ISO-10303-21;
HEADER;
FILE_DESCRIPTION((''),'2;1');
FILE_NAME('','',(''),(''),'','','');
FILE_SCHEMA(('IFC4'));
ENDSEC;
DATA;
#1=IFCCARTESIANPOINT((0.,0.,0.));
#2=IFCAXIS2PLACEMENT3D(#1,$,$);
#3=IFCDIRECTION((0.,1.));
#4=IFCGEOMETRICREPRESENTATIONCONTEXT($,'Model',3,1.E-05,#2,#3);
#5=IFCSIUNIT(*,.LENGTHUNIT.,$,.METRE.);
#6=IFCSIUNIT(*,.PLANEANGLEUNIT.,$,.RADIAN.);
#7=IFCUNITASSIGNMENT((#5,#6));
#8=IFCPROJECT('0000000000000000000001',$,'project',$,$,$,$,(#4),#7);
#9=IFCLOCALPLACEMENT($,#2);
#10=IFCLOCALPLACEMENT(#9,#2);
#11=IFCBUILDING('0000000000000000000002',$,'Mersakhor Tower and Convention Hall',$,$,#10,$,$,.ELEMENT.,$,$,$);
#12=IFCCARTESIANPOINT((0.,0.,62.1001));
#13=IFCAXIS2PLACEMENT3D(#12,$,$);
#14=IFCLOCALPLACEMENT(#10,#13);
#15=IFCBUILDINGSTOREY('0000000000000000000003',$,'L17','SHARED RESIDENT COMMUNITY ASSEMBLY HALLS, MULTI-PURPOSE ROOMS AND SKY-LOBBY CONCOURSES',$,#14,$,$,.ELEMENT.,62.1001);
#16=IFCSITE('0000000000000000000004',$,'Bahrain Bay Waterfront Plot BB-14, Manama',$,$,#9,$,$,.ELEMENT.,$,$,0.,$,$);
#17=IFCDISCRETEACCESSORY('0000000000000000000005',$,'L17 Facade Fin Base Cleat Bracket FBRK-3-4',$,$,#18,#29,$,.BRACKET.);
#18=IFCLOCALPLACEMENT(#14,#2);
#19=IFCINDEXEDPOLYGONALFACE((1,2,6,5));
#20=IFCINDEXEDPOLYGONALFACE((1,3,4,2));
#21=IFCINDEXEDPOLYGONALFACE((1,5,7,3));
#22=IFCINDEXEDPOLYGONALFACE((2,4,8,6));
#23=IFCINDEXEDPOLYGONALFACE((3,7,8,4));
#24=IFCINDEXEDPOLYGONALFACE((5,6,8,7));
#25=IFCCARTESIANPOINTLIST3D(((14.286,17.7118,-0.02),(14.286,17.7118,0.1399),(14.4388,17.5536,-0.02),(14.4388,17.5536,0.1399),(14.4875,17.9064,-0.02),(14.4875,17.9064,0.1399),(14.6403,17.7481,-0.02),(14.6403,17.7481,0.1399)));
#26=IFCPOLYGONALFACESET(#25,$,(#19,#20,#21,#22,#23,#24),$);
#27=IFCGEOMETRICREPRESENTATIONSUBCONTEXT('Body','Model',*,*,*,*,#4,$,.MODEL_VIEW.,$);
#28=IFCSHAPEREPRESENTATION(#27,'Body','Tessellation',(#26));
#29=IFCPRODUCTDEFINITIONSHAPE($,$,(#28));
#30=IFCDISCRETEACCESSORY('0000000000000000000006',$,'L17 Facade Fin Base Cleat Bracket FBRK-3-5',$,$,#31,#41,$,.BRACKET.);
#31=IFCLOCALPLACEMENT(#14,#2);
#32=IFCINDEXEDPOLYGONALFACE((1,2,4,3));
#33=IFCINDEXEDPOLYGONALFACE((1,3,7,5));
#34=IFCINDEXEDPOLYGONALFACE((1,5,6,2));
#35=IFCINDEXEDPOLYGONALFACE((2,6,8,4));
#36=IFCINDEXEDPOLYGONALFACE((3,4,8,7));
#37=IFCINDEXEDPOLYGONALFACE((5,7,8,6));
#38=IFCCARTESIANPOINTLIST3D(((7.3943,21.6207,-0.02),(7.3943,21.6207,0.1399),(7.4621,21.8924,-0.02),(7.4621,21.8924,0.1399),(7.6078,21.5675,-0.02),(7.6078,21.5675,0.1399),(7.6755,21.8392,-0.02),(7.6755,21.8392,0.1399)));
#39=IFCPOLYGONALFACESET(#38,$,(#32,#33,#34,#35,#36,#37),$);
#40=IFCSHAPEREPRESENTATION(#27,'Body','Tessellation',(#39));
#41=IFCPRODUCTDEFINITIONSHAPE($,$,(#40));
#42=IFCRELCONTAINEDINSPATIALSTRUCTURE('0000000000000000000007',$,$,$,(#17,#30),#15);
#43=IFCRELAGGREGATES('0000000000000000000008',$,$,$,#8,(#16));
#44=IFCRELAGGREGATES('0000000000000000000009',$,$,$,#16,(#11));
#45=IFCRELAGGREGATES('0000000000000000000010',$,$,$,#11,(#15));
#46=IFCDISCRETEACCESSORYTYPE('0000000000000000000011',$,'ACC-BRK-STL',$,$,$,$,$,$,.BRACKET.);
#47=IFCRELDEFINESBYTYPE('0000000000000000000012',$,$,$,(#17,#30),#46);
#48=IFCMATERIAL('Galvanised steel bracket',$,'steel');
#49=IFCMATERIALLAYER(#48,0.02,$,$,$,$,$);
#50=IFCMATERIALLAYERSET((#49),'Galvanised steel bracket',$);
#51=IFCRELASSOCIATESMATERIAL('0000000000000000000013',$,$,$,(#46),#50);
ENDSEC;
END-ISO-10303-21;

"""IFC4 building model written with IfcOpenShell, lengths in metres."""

from ifc_helpers import new_model, si_unit, direction, frame, origin, origin_2d, place, context, subcontext, project, spatial, rectangle, extrude, material, layer, layer_set, type_object, element, save


model = new_model("IFC4")

# Units and contexts
model_context = context("Model", 3, precision=1e-05, world=origin(), true_north=direction((0.0, 1.0)))
body_context = subcontext(model_context, "Body", "Model", "MODEL_VIEW")
ifc_project = project(units=[si_unit("LENGTHUNIT", "METRE"), si_unit("PLANEANGLEUNIT", "RADIAN")], contexts=[model_context])

# Site, building, storey
site_placement = place(None, origin())
site = spatial("IfcSite", under=ifc_project, at=site_placement, Name="Bahrain Bay Waterfront Plot BB-14, Manama", CompositionType="ELEMENT", RefElevation=0.0)
building_placement = place(site_placement, origin())
building = spatial("IfcBuilding", under=site, at=building_placement, Name="Mersakhor Tower and Convention Hall", CompositionType="ELEMENT")
storey_placement = place(building_placement, frame((0.0, 0.0, 62.1001)))
storey = spatial("IfcBuildingStorey", under=building, at=storey_placement, Name="L17", Description="SHARED RESIDENT COMMUNITY ASSEMBLY HALLS, MULTI-PURPOSE ROOMS AND SKY-LOBBY CONCOURSES", CompositionType="ELEMENT", Elevation=62.1001)

# Discrete accessories
ifc_material_1 = material(Name="Galvanised steel bracket", Category="steel")
ifc_layer_1 = layer(ifc_material_1, 0.02)
ifc_layer_set_1 = layer_set([ifc_layer_1], Name="Galvanised steel bracket")
discrete_accessory_type = type_object("IfcDiscreteAccessoryType", Name="ACC-BRK-STL", PredefinedType="BRACKET", material=ifc_layer_set_1)
for number, where, z_axis, x_axis, name in (
    (1, (14.4631, 17.73, -0.02), (0.0, 0.0, 1.0), (-0.71934, -0.694658, 0.0), "L17 Facade Fin Base Cleat Bracket FBRK-3-4"),
    (2, (7.5349, 21.73, -0.02), (0.0, 0.0, 1.0), (-0.241922, -0.970296, 0.0), "L17 Facade Fin Base Cleat Bracket FBRK-3-5"),
):
    element("IfcDiscreteAccessory", number, at=place(storey_placement, frame(where, z_axis=z_axis, x_axis=x_axis)), inside=storey, type_object=discrete_accessory_type, Name=name, PredefinedType="BRACKET", context=body_context, shape_type="SweptSolid", body=[
        extrude(rectangle(XDim=0.28, YDim=0.22, at=origin_2d()), origin(), (0.0, 0.0, 1.0), 0.1599),
    ])

save(model, "model.ifc")
